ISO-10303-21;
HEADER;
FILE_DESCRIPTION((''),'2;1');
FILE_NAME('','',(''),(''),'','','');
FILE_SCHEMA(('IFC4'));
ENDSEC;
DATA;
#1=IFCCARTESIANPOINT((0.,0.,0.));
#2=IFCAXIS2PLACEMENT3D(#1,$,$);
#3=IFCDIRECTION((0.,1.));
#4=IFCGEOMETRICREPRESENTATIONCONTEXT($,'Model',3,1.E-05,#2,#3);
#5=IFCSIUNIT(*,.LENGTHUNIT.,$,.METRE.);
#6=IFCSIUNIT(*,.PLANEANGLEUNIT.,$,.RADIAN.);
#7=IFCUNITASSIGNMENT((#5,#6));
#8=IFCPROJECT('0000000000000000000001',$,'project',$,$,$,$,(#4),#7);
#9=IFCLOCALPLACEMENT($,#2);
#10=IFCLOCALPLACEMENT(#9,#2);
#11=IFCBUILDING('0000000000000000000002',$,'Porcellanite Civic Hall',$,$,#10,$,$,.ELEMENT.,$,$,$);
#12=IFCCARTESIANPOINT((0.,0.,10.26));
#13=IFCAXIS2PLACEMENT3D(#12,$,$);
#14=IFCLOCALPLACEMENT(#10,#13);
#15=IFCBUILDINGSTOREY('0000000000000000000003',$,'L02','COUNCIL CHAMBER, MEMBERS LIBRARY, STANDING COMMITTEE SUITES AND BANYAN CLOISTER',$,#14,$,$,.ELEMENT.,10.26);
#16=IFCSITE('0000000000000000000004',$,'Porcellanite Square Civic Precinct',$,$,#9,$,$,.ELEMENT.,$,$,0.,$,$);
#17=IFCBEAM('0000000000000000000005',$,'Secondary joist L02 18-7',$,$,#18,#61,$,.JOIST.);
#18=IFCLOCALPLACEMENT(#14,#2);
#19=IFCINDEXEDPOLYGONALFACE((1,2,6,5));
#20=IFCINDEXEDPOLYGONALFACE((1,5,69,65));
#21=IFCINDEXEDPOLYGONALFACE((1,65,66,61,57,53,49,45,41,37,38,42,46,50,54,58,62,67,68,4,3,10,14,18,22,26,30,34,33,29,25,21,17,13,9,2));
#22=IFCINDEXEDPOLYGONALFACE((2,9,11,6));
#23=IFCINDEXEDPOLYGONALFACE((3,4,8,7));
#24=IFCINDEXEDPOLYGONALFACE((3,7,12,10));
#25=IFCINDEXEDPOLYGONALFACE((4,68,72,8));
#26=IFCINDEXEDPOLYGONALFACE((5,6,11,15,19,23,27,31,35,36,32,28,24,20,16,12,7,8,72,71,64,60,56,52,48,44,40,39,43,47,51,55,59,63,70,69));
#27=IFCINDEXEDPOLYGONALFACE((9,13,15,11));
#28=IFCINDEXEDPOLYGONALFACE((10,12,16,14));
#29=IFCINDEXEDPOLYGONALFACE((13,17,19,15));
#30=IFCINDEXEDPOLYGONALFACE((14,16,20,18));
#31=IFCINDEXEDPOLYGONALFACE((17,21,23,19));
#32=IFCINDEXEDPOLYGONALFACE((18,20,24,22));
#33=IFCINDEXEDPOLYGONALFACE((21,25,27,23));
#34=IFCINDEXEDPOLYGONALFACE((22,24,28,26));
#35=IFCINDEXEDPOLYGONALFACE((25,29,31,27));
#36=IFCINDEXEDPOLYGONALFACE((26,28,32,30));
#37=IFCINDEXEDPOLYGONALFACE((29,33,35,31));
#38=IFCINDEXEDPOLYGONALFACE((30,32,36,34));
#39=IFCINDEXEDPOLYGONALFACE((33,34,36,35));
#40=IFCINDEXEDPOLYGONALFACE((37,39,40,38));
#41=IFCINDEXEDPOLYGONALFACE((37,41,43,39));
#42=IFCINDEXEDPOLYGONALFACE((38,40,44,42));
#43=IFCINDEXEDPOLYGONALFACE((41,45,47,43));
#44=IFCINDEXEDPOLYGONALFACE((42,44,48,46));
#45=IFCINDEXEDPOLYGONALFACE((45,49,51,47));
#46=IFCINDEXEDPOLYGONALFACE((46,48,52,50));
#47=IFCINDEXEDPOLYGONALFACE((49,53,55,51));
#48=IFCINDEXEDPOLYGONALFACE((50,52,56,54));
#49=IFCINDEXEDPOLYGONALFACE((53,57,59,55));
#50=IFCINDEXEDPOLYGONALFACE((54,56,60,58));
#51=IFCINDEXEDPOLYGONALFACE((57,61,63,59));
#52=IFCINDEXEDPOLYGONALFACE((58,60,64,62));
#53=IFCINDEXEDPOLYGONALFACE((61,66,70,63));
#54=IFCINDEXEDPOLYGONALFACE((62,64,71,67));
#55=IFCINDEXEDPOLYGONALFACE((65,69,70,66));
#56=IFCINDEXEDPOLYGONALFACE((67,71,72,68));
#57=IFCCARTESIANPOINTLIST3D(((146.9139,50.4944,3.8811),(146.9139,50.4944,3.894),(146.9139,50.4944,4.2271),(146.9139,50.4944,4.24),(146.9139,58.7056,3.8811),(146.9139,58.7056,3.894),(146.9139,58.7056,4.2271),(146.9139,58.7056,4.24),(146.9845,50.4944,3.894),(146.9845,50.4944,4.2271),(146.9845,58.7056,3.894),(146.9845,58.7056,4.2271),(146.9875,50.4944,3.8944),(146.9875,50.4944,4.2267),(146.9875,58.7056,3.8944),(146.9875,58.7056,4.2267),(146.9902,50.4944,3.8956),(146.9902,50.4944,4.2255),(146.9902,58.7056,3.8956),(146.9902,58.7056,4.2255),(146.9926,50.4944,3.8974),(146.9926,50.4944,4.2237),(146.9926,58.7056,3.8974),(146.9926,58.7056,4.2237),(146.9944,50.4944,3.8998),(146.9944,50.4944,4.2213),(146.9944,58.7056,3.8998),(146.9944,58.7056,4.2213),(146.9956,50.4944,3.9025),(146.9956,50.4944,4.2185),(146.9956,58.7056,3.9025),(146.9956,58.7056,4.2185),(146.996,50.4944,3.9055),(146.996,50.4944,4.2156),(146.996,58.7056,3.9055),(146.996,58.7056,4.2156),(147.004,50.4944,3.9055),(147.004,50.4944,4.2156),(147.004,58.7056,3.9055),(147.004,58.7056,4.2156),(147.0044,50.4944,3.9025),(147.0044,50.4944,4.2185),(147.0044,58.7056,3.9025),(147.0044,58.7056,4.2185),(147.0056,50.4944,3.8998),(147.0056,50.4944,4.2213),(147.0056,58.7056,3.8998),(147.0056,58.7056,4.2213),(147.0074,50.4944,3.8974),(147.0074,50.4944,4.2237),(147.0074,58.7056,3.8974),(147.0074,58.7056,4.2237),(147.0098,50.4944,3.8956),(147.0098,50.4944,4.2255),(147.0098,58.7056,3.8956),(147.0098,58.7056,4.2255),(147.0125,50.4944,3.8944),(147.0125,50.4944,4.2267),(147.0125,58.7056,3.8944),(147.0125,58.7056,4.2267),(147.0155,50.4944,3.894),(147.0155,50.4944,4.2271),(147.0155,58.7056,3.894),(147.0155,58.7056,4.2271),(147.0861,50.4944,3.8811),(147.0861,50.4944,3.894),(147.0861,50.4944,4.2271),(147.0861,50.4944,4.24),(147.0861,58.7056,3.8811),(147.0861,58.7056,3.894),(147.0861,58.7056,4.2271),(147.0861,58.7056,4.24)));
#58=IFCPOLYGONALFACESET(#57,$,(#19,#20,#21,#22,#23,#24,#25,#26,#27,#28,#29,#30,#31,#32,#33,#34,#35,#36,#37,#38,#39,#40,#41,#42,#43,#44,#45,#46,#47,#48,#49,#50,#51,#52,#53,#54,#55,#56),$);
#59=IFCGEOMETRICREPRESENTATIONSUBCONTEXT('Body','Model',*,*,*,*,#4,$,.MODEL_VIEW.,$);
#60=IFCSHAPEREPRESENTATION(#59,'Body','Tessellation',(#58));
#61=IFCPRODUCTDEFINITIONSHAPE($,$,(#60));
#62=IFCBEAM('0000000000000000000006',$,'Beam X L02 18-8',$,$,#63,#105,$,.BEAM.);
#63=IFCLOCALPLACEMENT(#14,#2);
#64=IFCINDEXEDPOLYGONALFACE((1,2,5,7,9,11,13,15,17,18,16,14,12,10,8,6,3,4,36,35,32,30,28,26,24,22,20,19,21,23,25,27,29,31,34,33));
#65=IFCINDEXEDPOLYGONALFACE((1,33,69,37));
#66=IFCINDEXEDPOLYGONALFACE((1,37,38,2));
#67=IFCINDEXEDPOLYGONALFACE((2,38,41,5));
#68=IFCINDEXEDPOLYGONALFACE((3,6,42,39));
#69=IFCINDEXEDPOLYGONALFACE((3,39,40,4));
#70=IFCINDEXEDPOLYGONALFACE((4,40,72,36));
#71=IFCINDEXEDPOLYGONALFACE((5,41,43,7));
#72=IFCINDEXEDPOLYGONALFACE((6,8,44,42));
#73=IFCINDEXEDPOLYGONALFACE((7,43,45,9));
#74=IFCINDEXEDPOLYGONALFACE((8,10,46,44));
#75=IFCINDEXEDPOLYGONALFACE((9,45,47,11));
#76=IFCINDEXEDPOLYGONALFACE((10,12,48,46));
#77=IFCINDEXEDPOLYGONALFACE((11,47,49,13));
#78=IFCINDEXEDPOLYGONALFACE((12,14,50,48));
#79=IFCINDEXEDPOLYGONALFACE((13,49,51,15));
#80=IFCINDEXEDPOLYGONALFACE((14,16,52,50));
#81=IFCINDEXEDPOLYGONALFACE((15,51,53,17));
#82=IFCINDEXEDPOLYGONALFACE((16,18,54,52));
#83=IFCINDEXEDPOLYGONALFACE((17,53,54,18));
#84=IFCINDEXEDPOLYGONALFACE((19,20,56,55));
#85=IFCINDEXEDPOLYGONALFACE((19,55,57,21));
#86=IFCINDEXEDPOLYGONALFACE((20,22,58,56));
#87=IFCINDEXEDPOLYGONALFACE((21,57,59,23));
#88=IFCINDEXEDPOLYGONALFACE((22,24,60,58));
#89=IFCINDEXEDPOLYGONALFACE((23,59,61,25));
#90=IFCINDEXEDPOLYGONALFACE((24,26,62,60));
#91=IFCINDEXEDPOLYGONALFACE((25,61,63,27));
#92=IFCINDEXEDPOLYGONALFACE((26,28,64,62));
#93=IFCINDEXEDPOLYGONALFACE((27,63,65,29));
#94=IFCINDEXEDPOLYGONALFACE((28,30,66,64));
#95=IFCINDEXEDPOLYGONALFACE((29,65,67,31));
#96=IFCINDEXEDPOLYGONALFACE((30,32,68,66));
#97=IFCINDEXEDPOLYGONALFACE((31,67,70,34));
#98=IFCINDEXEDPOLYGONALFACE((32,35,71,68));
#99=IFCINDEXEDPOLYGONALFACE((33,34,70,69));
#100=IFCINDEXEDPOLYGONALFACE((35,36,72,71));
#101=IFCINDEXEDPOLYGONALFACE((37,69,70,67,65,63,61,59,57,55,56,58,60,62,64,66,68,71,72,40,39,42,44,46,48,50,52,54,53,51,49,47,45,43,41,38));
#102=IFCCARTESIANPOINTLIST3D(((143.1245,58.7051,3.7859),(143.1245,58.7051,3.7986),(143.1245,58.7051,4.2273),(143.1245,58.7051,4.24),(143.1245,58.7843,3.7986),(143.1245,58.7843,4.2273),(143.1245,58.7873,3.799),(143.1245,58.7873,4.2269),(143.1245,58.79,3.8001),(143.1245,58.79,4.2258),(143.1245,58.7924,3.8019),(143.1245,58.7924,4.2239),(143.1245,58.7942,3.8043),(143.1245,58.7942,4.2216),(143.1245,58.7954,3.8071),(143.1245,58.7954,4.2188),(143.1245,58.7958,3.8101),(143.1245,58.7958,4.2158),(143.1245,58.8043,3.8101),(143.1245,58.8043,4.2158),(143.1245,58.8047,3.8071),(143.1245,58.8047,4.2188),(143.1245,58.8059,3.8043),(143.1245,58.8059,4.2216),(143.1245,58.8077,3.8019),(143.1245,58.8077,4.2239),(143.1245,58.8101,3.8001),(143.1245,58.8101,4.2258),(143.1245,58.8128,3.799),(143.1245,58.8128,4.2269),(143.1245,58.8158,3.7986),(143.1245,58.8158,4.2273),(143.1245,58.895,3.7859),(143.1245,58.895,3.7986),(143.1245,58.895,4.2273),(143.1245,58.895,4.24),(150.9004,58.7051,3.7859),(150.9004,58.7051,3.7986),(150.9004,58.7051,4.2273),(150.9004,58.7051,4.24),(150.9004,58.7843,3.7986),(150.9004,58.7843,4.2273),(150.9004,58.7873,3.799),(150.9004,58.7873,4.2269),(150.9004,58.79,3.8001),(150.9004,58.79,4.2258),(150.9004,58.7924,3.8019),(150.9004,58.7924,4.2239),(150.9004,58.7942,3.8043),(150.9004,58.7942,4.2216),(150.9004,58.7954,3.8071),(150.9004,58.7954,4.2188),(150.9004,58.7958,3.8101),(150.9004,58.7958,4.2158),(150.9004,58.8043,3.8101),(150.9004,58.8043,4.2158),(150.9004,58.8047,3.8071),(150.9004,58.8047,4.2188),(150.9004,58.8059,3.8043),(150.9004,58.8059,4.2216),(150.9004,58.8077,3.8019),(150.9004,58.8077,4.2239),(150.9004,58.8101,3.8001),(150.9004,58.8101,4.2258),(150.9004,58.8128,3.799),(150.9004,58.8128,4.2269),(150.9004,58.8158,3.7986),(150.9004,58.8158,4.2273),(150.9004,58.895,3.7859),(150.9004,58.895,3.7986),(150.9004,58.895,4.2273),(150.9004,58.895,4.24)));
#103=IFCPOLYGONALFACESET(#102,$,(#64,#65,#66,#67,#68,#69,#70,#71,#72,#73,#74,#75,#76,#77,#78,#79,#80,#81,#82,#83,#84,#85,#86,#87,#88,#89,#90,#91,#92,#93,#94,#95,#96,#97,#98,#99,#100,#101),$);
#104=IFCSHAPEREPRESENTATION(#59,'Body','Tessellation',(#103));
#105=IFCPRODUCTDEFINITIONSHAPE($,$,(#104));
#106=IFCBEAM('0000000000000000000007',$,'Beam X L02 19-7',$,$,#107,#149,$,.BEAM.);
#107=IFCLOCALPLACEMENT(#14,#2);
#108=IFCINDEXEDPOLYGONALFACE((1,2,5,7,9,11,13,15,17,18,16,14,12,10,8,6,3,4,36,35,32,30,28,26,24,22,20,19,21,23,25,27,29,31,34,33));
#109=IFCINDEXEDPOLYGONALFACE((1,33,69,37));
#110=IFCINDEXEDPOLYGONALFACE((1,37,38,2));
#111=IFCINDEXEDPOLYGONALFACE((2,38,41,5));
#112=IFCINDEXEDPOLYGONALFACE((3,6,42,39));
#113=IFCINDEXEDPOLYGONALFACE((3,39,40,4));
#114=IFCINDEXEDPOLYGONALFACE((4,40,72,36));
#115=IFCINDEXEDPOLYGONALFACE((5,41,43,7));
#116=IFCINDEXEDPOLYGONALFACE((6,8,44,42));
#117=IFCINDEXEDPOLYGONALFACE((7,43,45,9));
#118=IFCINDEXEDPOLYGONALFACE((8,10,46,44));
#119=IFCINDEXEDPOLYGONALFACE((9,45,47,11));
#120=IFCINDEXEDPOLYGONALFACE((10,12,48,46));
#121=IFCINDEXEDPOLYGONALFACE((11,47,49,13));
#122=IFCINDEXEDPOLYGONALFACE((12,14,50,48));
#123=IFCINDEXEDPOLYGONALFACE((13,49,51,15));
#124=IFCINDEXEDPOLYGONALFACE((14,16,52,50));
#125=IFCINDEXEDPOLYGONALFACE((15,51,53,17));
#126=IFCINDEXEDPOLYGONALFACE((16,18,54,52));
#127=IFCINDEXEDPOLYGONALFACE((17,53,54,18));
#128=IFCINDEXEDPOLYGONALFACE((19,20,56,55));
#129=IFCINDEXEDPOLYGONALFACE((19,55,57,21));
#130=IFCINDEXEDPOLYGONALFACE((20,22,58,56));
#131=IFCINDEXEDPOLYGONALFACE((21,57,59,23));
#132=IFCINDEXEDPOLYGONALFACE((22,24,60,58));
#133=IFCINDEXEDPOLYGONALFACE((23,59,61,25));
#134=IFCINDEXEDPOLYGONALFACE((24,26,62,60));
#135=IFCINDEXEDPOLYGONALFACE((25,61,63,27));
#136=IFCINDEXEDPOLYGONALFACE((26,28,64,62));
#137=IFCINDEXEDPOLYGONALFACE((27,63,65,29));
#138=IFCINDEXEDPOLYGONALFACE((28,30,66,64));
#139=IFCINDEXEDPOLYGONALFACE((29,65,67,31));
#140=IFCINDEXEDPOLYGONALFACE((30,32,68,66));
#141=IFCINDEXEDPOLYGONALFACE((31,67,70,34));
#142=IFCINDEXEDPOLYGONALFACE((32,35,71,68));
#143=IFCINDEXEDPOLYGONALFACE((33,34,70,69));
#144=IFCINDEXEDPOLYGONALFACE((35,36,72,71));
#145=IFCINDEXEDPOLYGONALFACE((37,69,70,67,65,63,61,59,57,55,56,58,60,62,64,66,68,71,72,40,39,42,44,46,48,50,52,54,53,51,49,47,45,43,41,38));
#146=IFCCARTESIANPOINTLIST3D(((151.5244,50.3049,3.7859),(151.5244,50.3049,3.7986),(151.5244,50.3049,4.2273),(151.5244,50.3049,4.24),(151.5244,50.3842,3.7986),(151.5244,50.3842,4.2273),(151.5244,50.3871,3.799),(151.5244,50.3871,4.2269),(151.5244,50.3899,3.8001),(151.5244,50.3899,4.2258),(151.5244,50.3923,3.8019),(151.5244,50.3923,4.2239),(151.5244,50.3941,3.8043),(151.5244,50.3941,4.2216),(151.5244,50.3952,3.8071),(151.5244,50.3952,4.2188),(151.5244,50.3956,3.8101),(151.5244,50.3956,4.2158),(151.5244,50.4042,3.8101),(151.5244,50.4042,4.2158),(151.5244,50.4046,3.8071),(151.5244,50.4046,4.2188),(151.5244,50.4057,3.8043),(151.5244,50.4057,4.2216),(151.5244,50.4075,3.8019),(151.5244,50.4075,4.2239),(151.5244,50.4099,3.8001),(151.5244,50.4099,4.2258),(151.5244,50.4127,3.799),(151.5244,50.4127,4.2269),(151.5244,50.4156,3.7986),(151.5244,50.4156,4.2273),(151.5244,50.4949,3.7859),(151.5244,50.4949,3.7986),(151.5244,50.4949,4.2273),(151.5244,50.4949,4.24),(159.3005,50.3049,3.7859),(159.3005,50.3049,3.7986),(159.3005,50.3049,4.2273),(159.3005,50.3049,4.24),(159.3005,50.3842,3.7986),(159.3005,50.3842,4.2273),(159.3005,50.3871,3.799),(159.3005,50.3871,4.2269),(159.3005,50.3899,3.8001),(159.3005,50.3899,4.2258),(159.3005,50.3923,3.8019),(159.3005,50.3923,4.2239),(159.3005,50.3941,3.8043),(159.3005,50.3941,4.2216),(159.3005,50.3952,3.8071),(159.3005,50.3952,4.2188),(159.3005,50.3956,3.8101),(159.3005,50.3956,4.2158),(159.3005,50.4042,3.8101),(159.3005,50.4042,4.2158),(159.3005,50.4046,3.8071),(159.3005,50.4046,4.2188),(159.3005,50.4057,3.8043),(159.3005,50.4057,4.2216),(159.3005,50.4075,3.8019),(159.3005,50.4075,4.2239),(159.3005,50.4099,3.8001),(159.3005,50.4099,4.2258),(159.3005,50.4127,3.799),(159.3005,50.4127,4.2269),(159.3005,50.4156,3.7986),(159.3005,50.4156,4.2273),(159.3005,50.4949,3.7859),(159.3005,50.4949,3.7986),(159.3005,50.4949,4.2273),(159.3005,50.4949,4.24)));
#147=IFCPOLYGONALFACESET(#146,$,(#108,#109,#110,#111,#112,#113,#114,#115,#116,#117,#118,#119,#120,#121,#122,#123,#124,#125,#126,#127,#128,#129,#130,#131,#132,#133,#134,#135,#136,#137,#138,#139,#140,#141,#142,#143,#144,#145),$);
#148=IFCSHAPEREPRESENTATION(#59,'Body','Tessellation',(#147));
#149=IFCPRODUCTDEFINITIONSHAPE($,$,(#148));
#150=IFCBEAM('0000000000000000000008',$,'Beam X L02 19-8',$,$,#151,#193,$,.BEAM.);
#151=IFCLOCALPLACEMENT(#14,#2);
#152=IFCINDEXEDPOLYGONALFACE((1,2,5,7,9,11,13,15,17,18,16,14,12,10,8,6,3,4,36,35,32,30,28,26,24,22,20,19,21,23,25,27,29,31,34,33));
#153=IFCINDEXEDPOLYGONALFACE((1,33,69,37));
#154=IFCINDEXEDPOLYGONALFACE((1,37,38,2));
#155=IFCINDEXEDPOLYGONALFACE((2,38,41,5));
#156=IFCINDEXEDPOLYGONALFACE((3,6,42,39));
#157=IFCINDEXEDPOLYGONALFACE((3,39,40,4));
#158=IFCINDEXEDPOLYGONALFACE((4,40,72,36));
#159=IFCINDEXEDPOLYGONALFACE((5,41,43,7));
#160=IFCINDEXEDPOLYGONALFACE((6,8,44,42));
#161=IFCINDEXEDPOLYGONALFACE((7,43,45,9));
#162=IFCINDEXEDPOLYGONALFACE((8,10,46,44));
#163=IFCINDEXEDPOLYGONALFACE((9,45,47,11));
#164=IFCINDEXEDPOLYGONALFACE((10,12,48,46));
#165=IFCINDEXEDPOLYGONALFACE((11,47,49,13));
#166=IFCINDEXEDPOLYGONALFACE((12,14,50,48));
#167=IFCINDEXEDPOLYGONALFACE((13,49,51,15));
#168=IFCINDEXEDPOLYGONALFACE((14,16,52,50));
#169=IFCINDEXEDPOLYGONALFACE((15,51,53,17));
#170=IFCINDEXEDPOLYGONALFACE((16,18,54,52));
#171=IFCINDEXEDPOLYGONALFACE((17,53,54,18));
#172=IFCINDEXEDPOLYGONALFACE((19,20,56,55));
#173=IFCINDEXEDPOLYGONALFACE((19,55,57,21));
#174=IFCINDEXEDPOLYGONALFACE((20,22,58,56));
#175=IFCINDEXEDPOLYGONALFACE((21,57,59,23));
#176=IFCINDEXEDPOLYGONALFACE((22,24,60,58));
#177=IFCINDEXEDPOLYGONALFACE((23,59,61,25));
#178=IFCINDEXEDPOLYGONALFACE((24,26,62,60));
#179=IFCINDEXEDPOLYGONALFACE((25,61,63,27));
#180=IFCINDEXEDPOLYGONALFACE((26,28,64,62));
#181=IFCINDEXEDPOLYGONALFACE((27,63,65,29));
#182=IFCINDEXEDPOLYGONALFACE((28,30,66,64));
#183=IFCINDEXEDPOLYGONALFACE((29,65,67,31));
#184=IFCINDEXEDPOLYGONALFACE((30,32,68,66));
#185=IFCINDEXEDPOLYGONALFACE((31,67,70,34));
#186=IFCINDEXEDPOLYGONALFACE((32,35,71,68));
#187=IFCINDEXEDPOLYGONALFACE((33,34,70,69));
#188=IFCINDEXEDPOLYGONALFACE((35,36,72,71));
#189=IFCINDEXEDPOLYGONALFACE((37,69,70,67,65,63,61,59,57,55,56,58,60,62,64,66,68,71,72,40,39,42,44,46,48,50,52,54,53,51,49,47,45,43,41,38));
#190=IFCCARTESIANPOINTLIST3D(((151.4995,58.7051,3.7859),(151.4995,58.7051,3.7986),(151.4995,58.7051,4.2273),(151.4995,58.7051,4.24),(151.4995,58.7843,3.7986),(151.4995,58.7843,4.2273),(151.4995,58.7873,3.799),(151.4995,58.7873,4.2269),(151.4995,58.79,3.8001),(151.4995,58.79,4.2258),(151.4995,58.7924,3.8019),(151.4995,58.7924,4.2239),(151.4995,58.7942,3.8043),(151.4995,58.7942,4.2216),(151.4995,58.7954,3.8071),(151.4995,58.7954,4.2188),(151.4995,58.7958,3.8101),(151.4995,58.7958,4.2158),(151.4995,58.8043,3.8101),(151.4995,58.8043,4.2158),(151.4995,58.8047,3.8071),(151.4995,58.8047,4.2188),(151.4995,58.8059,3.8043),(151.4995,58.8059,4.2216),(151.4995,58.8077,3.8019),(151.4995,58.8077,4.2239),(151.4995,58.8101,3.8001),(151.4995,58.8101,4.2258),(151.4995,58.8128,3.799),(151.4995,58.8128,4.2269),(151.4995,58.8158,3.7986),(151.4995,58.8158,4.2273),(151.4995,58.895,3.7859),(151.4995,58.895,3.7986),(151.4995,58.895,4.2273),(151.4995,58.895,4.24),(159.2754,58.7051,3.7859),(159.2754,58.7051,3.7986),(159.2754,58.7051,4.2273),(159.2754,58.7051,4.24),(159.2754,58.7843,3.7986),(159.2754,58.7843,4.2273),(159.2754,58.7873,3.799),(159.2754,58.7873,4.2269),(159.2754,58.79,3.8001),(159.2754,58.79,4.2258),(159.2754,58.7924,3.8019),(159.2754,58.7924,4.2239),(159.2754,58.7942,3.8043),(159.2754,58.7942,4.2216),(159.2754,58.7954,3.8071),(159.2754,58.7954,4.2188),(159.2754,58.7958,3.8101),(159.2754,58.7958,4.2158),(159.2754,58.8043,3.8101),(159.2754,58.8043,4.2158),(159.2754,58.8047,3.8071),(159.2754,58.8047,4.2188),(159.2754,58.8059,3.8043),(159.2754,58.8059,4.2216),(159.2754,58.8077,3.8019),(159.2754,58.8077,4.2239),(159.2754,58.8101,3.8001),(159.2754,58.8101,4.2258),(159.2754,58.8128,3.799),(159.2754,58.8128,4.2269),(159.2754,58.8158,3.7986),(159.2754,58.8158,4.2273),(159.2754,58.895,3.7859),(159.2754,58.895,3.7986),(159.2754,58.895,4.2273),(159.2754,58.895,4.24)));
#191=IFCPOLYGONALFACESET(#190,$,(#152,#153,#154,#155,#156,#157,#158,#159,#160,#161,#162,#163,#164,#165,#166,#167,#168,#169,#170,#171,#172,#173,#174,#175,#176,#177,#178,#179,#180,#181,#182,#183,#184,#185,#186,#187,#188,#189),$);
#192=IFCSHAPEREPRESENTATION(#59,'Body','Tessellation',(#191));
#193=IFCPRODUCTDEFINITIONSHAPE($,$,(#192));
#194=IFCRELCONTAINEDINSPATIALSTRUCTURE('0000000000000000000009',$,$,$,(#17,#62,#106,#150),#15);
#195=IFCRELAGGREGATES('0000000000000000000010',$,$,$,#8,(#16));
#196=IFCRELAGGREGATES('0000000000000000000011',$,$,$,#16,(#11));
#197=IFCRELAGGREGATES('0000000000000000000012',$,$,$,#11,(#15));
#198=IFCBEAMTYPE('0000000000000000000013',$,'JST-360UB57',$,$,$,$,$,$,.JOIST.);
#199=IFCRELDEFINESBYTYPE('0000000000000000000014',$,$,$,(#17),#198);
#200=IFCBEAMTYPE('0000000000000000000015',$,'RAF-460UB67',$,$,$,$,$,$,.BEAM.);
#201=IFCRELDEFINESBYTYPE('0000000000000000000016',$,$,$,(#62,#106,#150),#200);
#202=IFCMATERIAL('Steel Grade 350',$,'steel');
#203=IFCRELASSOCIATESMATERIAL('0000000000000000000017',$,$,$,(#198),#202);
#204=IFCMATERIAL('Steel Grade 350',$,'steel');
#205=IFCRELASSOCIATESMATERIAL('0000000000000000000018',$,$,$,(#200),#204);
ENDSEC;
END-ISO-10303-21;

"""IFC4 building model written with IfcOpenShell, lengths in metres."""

from ifc_helpers import new_model, si_unit, direction, frame, origin, origin_2d, place, context, subcontext, project, spatial, i_section, extrude, material, material_profile, profile_set, type_object, element, save


model = new_model("IFC4")

# Units and contexts
model_context = context("Model", 3, precision=1e-05, world=origin(), true_north=direction((0.0, 1.0)))
body_context = subcontext(model_context, "Body", "Model", "MODEL_VIEW")
ifc_project = project(units=[si_unit("LENGTHUNIT", "METRE"), si_unit("PLANEANGLEUNIT", "RADIAN")], contexts=[model_context])

# Site, building, storey
site_placement = place(None, origin())
site = spatial("IfcSite", under=ifc_project, at=site_placement, Name="Porcellanite Square Civic Precinct", CompositionType="ELEMENT", RefElevation=0.0)
building_placement = place(site_placement, origin())
building = spatial("IfcBuilding", under=site, at=building_placement, Name="Porcellanite Civic Hall", CompositionType="ELEMENT")
storey_placement = place(building_placement, frame((0.0, 0.0, 10.26)))
storey = spatial("IfcBuildingStorey", under=building, at=storey_placement, Name="L02", Description="COUNCIL CHAMBER, MEMBERS LIBRARY, STANDING COMMITTEE SUITES AND BANYAN CLOISTER", CompositionType="ELEMENT", Elevation=10.26)

# Beams
ifc_material_1 = material(Name="Steel Grade 350", Category="steel")
ifc_material_profile_1 = material_profile(ifc_material_1, i_section(OverallWidth=0.1721, OverallDepth=0.3589, WebThickness=0.0081, FlangeThickness=0.0129, FilletRadius=0.0115, at=origin_2d()), Name="360UB56.7")
ifc_profile_set_1 = profile_set([ifc_material_profile_1], Name="Steel Grade 350")
beam_type_1 = type_object("IfcBeamType", Name="JST-360UB57", PredefinedType="JOIST", material=ifc_profile_set_1)
beam_1_placement = place(storey_placement, frame((147.0, 50.4944, 4.0605), z_axis=(0.0, 1.0, 0.0), x_axis=(-1.0, 0.0, 0.0)))
element("IfcBeam", 1, at=beam_1_placement, inside=storey, type_object=beam_type_1, Name="Secondary joist L02 18-7", PredefinedType="JOIST", context=body_context, shape_type="SweptSolid", body=[
    extrude(i_section(OverallWidth=0.1721, OverallDepth=0.3589, WebThickness=0.0081, FlangeThickness=0.0129, FilletRadius=0.0115, at=origin_2d()), origin(), (0.0, 0.0, 1.0), 8.2112),
])
ifc_material_2 = material(Name="Steel Grade 350", Category="steel")
ifc_material_profile_2 = material_profile(ifc_material_2, i_section(OverallWidth=0.1899, OverallDepth=0.4541, WebThickness=0.0085, FlangeThickness=0.0127, FilletRadius=0.0115, at=origin_2d()), Name="460UB67.1")
ifc_profile_set_2 = profile_set([ifc_material_profile_2], Name="Steel Grade 350")
beam_type_2 = type_object("IfcBeamType", Name="RAF-460UB67", PredefinedType="BEAM", material=ifc_profile_set_2)
beam_2_placement = place(storey_placement, frame((143.1245, 58.8, 4.0129), z_axis=(1.0, 0.0, 0.0), x_axis=(0.0, 1.0, 0.0)))
element("IfcBeam", 2, at=beam_2_placement, inside=storey, type_object=beam_type_2, Name="Beam X L02 18-8", PredefinedType="BEAM", context=body_context, shape_type="SweptSolid", body=[
    extrude(i_section(OverallWidth=0.1899, OverallDepth=0.4541, WebThickness=0.0085, FlangeThickness=0.0127, FilletRadius=0.0115, at=origin_2d()), origin(), (0.0, 0.0, 1.0), 7.7759),
])
beam_3_placement = place(storey_placement, frame((151.5244, 50.3999, 4.0129), z_axis=(1.0, 0.0, 0.0), x_axis=(0.0, 1.0, 0.0)))
element("IfcBeam", 3, at=beam_3_placement, inside=storey, type_object=beam_type_2, Name="Beam X L02 19-7", PredefinedType="BEAM", context=body_context, shape_type="SweptSolid", body=[
    extrude(i_section(OverallWidth=0.1899, OverallDepth=0.4541, WebThickness=0.0085, FlangeThickness=0.0127, FilletRadius=0.0115, at=origin_2d()), origin(), (0.0, 0.0, 1.0), 7.7761),
])
beam_4_placement = place(storey_placement, frame((151.4995, 58.8, 4.0129), z_axis=(1.0, 0.0, 0.0), x_axis=(0.0, 1.0, 0.0)))
element("IfcBeam", 4, at=beam_4_placement, inside=storey, type_object=beam_type_2, Name="Beam X L02 19-8", PredefinedType="BEAM", context=body_context, shape_type="SweptSolid", body=[
    extrude(i_section(OverallWidth=0.1899, OverallDepth=0.4541, WebThickness=0.0085, FlangeThickness=0.0127, FilletRadius=0.0115, at=origin_2d()), origin(), (0.0, 0.0, 1.0), 7.7759),
])

save(model, "model.ifc")
